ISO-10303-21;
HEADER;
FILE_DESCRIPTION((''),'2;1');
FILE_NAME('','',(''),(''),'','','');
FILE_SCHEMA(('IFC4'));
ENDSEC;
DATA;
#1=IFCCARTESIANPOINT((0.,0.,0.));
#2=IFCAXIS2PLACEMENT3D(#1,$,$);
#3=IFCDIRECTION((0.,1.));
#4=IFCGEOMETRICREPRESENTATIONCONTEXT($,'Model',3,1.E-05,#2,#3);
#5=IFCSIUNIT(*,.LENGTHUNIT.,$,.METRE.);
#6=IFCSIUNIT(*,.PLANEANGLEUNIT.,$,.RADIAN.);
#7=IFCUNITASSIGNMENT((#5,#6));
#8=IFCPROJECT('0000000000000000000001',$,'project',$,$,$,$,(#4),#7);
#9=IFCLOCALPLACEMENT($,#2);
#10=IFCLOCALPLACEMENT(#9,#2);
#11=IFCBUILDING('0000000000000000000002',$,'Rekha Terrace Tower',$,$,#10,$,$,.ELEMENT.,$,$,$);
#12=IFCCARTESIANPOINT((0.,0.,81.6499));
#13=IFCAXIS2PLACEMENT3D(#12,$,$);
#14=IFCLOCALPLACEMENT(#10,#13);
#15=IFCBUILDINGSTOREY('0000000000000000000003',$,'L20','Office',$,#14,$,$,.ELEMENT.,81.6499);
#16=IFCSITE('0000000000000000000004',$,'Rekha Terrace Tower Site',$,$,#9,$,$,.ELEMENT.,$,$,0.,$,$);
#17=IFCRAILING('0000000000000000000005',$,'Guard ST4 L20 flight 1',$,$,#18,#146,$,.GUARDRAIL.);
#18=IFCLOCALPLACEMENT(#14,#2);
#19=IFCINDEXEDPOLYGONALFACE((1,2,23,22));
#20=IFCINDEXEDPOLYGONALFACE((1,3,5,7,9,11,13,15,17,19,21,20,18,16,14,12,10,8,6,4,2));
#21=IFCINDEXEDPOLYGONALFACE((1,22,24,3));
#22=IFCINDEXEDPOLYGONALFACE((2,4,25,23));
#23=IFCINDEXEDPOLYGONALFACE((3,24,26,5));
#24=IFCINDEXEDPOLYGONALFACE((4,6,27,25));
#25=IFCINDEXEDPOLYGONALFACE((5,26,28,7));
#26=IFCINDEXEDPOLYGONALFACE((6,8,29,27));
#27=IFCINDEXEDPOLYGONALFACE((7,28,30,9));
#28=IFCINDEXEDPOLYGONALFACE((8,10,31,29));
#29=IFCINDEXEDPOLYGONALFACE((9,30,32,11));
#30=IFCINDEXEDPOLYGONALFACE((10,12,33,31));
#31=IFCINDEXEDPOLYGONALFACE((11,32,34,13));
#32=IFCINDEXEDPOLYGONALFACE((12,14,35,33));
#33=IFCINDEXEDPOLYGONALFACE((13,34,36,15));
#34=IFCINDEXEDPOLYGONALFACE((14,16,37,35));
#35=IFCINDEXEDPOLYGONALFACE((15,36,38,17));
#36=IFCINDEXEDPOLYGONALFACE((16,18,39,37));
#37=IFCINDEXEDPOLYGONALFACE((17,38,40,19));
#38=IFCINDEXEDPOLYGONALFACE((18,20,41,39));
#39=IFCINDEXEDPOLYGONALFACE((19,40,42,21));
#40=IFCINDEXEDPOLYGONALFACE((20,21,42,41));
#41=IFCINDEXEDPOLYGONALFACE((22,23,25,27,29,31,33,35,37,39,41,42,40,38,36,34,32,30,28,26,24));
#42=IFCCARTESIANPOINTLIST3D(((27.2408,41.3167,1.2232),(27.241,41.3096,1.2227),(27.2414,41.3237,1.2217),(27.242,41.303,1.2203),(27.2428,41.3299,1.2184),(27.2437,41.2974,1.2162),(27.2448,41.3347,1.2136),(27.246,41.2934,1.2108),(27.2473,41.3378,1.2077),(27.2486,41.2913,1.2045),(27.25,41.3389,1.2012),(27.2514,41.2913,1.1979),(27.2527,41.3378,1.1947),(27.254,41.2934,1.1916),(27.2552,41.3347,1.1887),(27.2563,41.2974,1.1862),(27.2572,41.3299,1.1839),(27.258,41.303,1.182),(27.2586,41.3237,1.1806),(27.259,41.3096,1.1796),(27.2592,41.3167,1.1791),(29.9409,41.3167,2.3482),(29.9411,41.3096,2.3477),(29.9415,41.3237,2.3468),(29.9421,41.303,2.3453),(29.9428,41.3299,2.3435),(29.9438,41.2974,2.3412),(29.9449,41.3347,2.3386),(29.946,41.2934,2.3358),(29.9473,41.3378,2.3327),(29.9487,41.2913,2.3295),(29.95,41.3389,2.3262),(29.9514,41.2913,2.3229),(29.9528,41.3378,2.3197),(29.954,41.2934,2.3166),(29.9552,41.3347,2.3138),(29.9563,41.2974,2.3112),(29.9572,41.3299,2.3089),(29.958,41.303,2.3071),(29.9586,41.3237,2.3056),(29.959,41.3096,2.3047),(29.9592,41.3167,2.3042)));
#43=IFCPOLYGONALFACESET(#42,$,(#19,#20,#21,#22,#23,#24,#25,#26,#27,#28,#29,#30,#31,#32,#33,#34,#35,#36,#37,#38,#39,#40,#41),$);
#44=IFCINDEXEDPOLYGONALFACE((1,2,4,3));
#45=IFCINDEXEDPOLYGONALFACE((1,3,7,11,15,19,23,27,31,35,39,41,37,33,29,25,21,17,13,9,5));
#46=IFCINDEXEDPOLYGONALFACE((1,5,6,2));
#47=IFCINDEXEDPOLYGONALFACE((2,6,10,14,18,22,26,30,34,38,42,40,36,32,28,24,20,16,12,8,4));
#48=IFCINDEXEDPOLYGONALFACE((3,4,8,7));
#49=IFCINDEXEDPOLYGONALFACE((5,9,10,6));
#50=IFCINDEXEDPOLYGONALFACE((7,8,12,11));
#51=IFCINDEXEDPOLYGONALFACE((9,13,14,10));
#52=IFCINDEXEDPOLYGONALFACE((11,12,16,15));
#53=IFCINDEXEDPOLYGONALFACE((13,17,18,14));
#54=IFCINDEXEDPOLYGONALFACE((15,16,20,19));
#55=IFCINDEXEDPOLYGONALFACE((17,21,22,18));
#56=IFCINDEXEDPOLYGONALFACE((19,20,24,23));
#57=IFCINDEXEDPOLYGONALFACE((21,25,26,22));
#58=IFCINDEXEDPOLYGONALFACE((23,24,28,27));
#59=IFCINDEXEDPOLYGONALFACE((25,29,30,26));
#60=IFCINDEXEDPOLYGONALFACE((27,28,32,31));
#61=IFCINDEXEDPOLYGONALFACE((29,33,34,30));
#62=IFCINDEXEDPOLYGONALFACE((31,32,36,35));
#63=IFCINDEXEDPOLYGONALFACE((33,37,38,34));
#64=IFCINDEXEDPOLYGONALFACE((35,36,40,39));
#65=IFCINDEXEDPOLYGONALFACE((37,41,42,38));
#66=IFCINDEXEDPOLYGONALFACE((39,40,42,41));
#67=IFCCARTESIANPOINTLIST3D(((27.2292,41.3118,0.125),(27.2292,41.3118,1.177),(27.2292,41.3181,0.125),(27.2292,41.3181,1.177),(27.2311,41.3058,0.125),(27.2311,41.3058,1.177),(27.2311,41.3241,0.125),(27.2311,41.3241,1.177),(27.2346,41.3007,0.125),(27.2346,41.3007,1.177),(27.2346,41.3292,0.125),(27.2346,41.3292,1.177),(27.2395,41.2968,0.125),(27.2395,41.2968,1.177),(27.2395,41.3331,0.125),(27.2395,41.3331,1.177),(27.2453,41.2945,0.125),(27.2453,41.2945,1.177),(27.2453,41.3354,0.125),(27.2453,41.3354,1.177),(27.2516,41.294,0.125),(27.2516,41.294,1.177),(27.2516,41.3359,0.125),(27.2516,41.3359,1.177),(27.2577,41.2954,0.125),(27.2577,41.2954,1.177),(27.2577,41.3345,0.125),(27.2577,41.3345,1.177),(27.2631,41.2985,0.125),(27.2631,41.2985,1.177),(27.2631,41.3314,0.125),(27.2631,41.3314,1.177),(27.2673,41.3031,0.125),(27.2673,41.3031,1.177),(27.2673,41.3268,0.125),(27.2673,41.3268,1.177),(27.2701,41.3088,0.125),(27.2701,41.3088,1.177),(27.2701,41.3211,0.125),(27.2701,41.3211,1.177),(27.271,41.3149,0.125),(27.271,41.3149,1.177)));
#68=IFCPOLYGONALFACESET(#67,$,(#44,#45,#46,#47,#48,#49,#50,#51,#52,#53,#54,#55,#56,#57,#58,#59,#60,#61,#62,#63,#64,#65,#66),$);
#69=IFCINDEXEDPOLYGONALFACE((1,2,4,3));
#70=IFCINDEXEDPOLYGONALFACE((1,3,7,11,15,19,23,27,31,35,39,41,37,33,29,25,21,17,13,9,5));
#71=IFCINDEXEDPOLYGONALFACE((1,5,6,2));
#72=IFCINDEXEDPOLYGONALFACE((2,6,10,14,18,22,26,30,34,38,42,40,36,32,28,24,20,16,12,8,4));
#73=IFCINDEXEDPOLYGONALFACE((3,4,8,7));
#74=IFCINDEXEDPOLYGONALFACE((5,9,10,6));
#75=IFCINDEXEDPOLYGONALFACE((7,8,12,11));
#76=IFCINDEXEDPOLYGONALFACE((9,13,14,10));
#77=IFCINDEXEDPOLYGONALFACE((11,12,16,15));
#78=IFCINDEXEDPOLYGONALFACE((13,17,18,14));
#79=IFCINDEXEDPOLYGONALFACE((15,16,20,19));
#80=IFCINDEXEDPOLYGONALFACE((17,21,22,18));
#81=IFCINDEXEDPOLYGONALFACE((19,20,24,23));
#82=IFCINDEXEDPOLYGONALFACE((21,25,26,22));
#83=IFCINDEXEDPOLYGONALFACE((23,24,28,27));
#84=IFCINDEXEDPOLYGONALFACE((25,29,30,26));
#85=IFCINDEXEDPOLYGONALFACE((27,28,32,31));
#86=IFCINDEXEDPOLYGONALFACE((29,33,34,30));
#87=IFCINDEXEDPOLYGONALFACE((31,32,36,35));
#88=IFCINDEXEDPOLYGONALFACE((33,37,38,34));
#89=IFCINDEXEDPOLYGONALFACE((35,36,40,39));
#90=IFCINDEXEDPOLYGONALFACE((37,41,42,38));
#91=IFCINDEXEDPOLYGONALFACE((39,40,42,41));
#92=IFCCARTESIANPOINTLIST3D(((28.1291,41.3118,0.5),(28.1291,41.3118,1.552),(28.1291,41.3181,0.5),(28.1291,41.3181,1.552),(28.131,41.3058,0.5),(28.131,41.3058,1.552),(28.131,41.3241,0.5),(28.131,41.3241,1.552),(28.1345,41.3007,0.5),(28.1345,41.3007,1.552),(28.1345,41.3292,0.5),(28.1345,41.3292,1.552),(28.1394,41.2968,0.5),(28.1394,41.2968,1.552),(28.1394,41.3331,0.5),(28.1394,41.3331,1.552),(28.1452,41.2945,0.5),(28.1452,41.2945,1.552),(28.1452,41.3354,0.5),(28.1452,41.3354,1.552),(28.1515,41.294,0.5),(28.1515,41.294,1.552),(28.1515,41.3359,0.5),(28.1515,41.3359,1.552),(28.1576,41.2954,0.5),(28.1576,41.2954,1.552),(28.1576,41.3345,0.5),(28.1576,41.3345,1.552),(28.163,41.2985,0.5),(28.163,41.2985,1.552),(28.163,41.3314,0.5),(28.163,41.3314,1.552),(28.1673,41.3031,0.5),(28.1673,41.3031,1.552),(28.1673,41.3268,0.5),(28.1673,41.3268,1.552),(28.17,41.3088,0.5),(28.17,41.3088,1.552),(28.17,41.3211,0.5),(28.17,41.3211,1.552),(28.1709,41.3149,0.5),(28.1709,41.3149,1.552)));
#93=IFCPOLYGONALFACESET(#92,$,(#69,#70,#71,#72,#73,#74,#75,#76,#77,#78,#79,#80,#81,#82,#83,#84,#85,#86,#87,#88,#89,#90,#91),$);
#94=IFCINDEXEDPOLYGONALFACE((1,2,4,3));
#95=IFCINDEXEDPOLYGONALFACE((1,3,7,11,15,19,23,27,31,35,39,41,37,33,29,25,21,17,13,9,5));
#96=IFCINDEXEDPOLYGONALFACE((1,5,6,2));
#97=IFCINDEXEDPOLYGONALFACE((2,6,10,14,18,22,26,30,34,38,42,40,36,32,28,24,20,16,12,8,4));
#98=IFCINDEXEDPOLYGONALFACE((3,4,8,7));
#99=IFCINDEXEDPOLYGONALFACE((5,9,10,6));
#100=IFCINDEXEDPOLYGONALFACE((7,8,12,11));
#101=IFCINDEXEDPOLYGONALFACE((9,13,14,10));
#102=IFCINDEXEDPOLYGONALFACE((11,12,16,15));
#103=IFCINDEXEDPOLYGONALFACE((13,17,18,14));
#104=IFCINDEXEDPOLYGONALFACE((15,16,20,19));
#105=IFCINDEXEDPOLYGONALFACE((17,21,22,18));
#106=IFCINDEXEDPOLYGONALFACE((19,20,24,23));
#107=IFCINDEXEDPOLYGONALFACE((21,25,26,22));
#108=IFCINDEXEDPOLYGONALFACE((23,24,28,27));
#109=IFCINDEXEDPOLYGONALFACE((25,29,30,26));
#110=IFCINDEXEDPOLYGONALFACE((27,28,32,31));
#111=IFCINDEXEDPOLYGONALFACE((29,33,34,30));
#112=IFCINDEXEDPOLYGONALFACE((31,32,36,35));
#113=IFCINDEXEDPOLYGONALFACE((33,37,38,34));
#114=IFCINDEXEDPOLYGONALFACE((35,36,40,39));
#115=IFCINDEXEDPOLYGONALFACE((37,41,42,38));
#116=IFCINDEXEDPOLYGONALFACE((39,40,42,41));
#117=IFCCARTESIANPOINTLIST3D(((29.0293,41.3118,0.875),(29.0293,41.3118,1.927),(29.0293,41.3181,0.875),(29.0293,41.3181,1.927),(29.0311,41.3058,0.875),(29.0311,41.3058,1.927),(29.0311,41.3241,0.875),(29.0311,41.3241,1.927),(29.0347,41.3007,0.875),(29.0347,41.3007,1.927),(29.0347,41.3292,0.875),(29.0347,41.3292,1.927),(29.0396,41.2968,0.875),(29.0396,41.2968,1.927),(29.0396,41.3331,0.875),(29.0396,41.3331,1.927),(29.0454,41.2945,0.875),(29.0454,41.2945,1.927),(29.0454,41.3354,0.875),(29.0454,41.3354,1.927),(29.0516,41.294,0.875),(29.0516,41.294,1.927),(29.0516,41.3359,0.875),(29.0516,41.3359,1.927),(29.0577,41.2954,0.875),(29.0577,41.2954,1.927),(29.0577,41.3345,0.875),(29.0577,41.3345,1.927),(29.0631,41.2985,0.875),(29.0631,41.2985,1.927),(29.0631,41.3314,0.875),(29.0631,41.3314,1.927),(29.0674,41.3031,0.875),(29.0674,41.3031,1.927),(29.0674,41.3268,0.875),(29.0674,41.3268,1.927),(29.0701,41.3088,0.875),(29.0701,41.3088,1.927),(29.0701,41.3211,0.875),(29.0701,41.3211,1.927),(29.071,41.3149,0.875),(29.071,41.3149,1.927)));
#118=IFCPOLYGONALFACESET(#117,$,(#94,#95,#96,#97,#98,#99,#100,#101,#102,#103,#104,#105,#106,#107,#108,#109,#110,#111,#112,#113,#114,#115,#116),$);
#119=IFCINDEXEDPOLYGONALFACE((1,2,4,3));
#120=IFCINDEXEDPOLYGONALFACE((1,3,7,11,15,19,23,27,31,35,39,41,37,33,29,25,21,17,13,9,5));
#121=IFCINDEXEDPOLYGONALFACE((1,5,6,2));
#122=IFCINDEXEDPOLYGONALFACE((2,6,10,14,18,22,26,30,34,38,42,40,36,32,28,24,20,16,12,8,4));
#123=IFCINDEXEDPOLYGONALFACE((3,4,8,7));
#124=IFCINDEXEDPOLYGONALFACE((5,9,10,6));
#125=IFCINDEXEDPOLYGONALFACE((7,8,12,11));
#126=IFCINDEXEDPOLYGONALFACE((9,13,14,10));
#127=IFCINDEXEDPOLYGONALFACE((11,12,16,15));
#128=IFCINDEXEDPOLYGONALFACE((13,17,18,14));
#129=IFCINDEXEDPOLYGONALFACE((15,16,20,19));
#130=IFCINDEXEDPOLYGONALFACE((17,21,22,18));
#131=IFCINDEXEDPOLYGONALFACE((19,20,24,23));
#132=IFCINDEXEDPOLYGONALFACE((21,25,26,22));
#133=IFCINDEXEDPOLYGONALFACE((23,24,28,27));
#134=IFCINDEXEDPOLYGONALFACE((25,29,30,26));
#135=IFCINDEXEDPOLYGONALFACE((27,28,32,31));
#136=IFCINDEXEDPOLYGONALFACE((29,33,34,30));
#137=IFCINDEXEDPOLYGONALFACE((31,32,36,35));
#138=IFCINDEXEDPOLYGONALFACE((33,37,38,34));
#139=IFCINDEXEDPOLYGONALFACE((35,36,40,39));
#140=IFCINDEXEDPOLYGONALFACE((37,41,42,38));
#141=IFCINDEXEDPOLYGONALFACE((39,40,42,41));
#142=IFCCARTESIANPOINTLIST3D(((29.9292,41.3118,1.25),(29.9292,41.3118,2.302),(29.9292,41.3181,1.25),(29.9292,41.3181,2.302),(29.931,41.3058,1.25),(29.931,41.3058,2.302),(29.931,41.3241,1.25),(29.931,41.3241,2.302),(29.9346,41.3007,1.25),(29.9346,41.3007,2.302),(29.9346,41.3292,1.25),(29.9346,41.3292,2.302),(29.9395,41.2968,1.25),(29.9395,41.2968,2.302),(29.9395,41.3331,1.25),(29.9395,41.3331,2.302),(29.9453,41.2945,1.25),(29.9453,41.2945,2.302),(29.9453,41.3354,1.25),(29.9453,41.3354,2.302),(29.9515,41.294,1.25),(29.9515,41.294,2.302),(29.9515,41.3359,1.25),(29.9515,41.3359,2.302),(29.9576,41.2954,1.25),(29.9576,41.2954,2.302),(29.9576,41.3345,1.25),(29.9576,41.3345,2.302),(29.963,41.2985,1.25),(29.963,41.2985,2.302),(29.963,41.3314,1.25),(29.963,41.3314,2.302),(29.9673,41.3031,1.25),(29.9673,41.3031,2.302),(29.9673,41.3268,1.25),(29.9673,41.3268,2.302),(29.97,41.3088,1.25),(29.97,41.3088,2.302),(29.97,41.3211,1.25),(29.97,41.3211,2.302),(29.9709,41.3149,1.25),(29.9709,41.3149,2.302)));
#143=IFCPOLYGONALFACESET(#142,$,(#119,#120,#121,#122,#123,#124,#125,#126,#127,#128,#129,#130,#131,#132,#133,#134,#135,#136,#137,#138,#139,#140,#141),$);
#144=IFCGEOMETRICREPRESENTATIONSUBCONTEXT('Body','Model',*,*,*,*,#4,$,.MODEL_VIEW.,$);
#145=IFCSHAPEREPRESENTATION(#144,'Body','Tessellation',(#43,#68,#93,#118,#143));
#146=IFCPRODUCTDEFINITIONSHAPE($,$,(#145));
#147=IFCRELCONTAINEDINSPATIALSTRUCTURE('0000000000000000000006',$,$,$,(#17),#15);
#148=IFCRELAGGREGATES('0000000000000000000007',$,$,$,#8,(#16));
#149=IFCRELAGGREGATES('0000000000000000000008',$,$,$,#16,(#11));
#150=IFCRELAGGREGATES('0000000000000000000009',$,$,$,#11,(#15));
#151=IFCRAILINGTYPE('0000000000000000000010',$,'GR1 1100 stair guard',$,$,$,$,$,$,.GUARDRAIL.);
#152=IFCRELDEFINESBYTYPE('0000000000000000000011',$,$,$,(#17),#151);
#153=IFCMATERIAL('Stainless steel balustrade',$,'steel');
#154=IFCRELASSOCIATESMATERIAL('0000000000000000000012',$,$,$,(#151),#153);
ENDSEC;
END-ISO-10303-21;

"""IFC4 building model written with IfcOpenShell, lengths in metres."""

from ifc_helpers import new_model, si_unit, direction, frame, origin, origin_2d, place, context, subcontext, project, spatial, circle, extrude, material, type_object, element, save


model = new_model("IFC4")

# Units and contexts
model_context = context("Model", 3, precision=1e-05, world=origin(), true_north=direction((0.0, 1.0)))
body_context = subcontext(model_context, "Body", "Model", "MODEL_VIEW")
ifc_project = project(units=[si_unit("LENGTHUNIT", "METRE"), si_unit("PLANEANGLEUNIT", "RADIAN")], contexts=[model_context])

# Site, building, storey
site_placement = place(None, origin())
site = spatial("IfcSite", under=ifc_project, at=site_placement, Name="Rekha Terrace Tower Site", CompositionType="ELEMENT", RefElevation=0.0)
building_placement = place(site_placement, origin())
building = spatial("IfcBuilding", under=site, at=building_placement, Name="Rekha Terrace Tower", CompositionType="ELEMENT")
storey_placement = place(building_placement, frame((0.0, 0.0, 81.6499)))
storey = spatial("IfcBuildingStorey", under=building, at=storey_placement, Name="L20", Description="Office", CompositionType="ELEMENT", Elevation=81.6499)

# Railing
ifc_material_1 = material(Name="Stainless steel balustrade", Category="steel")
railing_type_1 = type_object("IfcRailingType", Name="GR1 1100 stair guard", PredefinedType="GUARDRAIL", material=ifc_material_1)
railing_1_placement = place(storey_placement, frame((27.25, 41.3149, 0.125)))
element("IfcRailing", 1, at=railing_1_placement, inside=storey, type_object=railing_type_1, Name="Guard ST4 L20 flight 1", PredefinedType="GUARDRAIL", context=body_context, shape_type="SweptSolid", body=[
    extrude(circle(Radius=0.0239, at=origin_2d()), frame((0.0, 0.0, 1.0762), z_axis=(0.923074, 0.0, 0.384621), x_axis=(0.0, 1.0, 0.0)), (0.0, 0.0, 1.0), 2.925),
    extrude(circle(Radius=0.021, at=origin_2d()), origin(), (0.0, 0.0, 1.0), 1.052),
    extrude(circle(Radius=0.021, at=origin_2d()), frame((0.8999, 0.0, 0.375)), (0.0, 0.0, 1.0), 1.052),
    extrude(circle(Radius=0.021, at=origin_2d()), frame((1.8, 0.0, 0.75)), (0.0, 0.0, 1.0), 1.052),
    extrude(circle(Radius=0.021, at=origin_2d()), frame((2.7, 0.0, 1.125)), (0.0, 0.0, 1.0), 1.052),
])

save(model, "model.ifc")
